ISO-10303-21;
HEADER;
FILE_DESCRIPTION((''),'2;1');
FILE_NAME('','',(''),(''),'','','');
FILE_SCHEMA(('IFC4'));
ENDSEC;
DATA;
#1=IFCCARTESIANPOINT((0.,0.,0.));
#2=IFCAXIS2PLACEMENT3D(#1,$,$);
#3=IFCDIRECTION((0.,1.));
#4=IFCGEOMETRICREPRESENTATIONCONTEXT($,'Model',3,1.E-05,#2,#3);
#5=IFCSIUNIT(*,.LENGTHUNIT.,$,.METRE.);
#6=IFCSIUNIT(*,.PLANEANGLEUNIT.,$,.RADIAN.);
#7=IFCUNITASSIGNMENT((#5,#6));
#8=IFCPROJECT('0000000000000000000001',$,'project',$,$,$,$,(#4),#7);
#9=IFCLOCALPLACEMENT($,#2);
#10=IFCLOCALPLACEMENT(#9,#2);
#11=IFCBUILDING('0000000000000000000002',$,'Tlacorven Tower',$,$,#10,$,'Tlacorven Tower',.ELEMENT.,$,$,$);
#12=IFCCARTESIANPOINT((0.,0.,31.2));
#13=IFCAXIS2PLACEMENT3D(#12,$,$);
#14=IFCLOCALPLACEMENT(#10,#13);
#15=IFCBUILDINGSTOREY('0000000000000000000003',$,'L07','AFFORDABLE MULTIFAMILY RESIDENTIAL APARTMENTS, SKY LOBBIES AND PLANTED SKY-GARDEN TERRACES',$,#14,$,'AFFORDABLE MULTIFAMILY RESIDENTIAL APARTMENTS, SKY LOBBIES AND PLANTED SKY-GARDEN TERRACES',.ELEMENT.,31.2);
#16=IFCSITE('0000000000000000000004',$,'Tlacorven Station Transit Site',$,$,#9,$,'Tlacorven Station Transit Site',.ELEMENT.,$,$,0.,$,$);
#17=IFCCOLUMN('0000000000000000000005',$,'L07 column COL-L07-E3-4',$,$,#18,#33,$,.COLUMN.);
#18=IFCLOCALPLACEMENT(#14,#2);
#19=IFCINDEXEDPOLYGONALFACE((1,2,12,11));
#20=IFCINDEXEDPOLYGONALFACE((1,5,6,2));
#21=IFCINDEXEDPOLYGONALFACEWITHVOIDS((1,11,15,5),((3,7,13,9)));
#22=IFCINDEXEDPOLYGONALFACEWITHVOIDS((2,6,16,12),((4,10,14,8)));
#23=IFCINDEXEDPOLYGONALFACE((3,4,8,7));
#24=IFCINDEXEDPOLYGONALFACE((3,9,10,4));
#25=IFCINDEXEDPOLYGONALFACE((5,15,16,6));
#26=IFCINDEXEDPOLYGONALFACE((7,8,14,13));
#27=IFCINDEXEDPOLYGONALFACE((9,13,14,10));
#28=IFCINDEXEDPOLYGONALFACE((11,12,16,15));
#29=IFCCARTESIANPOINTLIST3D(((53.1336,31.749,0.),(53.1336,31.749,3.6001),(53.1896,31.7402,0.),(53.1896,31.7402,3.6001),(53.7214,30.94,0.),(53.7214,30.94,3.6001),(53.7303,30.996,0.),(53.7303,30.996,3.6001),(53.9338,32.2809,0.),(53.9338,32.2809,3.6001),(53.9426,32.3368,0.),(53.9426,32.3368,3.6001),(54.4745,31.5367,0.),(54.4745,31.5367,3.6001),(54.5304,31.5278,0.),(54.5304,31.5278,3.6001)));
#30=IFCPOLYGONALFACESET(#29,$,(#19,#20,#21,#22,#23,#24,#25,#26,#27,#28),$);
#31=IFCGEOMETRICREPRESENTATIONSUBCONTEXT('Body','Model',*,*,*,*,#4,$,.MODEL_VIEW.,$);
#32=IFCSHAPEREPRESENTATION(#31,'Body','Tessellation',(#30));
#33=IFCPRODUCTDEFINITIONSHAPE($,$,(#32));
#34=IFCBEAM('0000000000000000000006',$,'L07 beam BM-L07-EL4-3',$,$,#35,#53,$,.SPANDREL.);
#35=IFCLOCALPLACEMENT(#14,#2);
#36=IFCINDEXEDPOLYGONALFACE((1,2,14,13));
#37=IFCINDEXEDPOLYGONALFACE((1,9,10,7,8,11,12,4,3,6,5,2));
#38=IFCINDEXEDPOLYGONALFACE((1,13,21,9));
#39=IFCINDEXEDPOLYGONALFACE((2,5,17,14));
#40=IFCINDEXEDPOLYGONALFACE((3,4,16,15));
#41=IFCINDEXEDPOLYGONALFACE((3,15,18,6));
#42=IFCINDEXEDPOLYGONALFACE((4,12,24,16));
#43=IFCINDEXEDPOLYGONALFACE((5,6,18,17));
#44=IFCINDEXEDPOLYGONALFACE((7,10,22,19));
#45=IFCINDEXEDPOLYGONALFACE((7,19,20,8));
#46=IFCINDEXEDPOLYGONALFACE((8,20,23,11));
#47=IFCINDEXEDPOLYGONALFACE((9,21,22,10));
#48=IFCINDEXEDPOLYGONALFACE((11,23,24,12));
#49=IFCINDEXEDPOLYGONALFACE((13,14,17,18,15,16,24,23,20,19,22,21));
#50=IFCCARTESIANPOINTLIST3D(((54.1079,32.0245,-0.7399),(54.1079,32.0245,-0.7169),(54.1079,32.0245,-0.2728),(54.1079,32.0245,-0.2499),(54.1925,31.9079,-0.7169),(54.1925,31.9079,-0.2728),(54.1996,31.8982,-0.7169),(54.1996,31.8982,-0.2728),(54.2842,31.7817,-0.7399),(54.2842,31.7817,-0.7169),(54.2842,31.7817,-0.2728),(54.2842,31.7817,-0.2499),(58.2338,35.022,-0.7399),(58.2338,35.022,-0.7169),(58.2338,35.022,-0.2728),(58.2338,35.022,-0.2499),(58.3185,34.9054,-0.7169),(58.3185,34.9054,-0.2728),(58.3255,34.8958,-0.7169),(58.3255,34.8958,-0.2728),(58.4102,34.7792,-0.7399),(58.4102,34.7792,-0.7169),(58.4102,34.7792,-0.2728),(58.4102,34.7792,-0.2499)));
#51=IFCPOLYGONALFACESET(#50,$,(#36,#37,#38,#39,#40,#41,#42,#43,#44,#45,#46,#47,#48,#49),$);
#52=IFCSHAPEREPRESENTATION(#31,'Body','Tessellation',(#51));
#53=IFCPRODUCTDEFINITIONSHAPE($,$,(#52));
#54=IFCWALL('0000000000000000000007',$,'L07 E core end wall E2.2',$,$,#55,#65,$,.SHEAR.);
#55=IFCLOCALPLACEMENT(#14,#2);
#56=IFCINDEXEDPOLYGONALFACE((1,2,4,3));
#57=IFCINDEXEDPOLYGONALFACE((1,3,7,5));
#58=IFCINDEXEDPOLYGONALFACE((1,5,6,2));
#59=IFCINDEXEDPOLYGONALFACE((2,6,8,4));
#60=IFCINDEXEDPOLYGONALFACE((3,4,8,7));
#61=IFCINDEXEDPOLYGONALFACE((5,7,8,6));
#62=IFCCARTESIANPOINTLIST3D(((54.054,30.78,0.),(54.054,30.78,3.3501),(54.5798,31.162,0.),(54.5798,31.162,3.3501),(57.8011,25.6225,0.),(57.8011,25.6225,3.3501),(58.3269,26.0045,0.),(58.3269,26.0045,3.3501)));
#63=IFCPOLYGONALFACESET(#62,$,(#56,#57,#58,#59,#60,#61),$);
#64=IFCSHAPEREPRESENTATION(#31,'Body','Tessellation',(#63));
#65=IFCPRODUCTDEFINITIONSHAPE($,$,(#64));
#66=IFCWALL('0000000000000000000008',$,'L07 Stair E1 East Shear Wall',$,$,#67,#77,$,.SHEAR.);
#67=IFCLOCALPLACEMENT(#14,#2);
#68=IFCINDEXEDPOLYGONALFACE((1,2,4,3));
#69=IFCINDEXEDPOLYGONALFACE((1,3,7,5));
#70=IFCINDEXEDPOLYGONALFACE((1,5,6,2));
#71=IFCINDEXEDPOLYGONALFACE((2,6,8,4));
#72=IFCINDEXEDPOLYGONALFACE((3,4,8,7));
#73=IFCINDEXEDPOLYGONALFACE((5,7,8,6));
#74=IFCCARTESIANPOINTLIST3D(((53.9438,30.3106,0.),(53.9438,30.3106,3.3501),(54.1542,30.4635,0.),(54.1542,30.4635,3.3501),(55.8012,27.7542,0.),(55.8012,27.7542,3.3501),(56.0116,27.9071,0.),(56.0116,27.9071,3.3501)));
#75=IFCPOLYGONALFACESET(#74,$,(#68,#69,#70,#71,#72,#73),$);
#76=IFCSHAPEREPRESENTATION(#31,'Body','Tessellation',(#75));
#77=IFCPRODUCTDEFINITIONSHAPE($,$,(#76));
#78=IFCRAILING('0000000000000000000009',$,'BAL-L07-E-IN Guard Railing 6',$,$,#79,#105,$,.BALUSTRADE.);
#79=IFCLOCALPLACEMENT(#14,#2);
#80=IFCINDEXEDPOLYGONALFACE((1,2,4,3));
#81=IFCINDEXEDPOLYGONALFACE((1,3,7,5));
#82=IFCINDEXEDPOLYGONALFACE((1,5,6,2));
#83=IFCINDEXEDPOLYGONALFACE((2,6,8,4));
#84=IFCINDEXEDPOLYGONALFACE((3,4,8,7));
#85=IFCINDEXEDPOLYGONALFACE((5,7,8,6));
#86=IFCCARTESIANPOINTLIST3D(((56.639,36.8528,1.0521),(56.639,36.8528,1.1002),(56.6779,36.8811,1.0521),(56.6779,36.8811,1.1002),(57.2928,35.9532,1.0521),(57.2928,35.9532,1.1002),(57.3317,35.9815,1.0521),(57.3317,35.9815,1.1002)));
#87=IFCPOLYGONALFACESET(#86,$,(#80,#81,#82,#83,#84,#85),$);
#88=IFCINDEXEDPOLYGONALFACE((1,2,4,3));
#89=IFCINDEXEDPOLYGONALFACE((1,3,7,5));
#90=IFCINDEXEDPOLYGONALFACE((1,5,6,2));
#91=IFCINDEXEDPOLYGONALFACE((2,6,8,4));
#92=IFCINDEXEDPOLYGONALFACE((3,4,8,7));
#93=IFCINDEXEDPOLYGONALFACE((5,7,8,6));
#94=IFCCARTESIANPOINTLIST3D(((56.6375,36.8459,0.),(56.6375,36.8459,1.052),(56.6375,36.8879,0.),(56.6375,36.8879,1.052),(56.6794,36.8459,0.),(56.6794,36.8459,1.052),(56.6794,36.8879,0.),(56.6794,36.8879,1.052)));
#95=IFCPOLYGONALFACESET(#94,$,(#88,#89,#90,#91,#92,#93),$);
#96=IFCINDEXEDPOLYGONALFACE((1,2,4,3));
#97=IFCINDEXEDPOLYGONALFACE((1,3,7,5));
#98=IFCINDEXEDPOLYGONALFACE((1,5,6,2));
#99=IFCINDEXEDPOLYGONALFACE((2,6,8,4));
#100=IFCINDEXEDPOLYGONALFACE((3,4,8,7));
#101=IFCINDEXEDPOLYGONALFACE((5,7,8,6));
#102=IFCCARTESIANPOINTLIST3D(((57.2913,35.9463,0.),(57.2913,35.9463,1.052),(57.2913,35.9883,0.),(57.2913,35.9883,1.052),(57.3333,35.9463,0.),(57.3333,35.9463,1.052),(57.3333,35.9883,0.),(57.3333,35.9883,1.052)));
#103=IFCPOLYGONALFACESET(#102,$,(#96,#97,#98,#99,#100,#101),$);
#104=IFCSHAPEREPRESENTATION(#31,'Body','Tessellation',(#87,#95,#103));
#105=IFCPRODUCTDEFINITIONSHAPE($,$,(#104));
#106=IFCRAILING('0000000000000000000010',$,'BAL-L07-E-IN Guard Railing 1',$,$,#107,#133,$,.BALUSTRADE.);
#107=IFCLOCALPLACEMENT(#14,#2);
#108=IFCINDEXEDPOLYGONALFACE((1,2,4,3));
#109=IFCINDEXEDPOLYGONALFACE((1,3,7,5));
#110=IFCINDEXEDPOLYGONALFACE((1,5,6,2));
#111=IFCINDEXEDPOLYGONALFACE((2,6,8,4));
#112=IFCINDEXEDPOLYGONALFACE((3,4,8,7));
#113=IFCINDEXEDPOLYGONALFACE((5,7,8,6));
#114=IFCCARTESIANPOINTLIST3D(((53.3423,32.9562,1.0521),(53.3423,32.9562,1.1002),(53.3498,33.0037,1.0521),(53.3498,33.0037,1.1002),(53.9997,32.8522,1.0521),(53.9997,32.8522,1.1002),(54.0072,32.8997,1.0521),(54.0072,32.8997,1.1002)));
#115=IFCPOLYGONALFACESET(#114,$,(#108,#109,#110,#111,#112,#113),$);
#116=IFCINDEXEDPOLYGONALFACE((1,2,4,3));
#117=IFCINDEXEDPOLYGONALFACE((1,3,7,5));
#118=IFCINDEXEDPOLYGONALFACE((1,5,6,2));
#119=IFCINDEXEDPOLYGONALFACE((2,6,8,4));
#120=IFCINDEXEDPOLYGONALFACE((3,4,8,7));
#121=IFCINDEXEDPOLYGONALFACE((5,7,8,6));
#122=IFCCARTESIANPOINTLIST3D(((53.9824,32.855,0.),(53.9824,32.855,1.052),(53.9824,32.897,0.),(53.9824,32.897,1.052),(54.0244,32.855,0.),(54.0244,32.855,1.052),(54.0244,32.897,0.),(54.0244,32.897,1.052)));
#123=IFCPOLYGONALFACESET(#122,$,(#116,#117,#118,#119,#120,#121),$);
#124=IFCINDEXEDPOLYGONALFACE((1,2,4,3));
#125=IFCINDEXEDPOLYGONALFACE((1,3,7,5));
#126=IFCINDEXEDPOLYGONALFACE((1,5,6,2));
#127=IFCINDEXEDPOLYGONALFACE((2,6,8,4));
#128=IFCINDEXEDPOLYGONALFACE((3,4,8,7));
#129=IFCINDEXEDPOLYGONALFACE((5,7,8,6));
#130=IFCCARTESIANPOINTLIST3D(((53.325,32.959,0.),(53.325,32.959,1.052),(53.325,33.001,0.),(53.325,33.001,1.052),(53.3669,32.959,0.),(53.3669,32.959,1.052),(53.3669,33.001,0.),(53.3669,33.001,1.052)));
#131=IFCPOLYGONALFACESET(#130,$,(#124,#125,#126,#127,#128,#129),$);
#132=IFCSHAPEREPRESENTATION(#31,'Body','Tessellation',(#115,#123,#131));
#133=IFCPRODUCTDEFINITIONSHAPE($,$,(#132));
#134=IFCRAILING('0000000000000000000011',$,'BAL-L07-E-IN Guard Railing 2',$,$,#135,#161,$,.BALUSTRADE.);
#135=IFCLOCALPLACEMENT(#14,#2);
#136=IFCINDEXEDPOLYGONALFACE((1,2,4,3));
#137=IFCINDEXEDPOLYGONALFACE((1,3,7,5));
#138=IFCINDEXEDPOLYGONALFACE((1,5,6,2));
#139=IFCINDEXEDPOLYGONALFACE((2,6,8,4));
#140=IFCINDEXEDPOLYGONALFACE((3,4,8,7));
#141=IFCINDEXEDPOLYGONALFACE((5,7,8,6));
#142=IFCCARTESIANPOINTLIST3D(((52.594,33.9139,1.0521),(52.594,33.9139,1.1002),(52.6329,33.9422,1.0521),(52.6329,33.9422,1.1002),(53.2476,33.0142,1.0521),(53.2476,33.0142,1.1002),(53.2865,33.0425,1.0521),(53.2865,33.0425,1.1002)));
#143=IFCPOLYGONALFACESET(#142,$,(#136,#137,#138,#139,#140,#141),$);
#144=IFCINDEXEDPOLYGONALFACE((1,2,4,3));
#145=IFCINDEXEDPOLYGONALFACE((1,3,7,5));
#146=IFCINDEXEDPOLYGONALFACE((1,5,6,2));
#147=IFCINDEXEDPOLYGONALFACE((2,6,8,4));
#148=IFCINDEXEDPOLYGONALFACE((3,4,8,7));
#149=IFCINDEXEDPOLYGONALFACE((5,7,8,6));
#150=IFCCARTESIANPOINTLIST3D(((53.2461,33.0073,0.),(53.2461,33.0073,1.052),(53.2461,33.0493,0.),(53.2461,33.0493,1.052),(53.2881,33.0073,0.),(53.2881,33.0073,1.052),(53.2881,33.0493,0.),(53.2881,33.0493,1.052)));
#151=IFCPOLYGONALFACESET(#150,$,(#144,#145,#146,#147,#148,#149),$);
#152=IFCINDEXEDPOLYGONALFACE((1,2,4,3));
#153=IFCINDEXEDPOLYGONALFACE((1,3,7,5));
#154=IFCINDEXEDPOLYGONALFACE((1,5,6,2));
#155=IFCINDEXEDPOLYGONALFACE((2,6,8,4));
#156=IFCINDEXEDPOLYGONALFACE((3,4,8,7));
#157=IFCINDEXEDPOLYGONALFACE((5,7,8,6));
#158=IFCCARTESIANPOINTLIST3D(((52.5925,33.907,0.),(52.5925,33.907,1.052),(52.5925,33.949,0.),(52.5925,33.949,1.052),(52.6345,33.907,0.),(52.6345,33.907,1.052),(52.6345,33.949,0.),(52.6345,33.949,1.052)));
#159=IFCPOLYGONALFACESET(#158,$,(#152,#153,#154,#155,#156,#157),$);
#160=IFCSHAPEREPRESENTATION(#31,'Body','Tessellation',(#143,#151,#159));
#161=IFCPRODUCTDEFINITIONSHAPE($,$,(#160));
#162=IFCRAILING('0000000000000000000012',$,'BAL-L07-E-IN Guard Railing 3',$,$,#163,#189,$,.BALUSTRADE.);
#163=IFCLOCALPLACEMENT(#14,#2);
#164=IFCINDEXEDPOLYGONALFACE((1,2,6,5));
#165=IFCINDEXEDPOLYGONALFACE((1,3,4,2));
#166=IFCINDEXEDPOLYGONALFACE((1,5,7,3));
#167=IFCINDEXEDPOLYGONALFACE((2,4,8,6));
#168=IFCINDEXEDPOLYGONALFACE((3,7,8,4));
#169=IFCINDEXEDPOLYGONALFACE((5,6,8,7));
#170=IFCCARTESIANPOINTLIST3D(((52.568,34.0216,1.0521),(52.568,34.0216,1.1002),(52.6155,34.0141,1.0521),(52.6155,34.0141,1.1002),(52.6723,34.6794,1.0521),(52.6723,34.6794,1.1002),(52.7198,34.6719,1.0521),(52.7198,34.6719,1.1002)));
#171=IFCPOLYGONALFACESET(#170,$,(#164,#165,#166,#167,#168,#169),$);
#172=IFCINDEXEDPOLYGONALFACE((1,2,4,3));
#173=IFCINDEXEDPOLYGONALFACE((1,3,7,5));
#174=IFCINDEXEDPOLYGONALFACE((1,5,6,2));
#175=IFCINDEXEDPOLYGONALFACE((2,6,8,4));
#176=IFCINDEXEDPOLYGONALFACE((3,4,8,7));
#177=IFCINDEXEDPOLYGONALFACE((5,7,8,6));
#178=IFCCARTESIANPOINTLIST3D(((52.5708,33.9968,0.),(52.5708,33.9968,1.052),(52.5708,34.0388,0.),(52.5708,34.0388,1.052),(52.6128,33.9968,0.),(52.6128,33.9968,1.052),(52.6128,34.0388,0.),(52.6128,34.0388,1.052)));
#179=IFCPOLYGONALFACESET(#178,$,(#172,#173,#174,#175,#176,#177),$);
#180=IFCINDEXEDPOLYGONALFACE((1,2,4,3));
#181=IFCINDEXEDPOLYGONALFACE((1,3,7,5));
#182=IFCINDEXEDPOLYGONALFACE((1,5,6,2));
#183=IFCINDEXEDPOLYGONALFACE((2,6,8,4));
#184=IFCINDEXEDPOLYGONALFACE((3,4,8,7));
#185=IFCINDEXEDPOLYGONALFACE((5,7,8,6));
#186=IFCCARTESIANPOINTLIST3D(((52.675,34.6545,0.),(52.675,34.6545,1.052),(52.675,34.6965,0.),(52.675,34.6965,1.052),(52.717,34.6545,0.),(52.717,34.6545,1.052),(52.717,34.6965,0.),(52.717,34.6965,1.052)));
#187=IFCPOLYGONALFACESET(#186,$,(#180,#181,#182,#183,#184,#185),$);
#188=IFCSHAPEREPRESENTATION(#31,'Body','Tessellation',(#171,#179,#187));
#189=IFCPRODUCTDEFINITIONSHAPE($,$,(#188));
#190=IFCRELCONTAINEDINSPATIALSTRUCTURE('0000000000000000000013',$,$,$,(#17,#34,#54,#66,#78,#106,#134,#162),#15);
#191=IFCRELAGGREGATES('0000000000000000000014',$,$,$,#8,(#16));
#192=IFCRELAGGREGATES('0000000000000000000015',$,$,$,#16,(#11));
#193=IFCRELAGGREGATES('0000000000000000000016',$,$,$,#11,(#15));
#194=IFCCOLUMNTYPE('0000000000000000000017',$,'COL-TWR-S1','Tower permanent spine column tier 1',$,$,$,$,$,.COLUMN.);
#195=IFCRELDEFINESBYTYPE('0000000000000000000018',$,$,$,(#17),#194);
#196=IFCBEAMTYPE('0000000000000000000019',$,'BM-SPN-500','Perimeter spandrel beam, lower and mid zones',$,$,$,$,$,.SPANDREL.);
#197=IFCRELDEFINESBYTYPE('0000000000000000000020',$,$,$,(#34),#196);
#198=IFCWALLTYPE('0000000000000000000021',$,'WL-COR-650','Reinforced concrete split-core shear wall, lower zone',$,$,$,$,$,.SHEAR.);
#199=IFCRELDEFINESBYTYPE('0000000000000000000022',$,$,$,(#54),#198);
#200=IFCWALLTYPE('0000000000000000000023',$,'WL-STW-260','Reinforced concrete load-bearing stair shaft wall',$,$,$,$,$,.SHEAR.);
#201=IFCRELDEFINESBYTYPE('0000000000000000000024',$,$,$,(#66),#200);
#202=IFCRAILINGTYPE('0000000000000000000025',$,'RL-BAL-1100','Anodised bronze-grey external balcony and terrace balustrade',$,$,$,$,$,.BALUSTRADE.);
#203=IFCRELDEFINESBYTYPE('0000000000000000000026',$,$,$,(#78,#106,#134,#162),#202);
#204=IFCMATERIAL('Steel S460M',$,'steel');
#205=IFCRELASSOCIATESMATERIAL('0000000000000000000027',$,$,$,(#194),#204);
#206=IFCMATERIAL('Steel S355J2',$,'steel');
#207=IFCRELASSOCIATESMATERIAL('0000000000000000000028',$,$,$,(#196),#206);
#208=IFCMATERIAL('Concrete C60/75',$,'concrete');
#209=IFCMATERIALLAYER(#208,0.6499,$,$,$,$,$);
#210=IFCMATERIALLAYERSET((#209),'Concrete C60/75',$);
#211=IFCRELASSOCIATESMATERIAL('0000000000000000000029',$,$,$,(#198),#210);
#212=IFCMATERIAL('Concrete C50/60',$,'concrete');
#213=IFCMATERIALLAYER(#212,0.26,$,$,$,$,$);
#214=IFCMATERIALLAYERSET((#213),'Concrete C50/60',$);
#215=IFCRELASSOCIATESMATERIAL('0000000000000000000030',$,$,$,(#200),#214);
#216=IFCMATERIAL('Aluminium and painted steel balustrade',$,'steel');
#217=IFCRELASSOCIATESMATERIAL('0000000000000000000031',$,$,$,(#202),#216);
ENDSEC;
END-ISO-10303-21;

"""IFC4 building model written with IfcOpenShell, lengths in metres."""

from ifc_helpers import new_model, si_unit, direction, frame, frame_2d, origin, origin_2d, place, context, subcontext, project, spatial, rectangle, hollow_rectangle, i_section, extrude, source, transform, mapped, material, layer, layer_set, material_profile, profile_set, type_object, element, save


model = new_model("IFC4")

# Units and contexts
model_context = context("Model", 3, precision=1e-05, world=origin(), true_north=direction((0.0, 1.0)))
body_context = subcontext(model_context, "Body", "Model", "MODEL_VIEW")
ifc_project = project(units=[si_unit("LENGTHUNIT", "METRE"), si_unit("PLANEANGLEUNIT", "RADIAN")], contexts=[model_context])

# Site, building, storey
site_placement = place(None, origin())
site = spatial("IfcSite", under=ifc_project, at=site_placement, Name="Tlacorven Station Transit Site", LongName="Tlacorven Station Transit Site", CompositionType="ELEMENT", RefElevation=0.0)
building_placement = place(site_placement, origin())
building = spatial("IfcBuilding", under=site, at=building_placement, Name="Tlacorven Tower", LongName="Tlacorven Tower", CompositionType="ELEMENT")
storey_placement = place(building_placement, frame((0.0, 0.0, 31.2)))
storey = spatial("IfcBuildingStorey", under=building, at=storey_placement, Name="L07", Description="AFFORDABLE MULTIFAMILY RESIDENTIAL APARTMENTS, SKY LOBBIES AND PLANTED SKY-GARDEN TERRACES", LongName="AFFORDABLE MULTIFAMILY RESIDENTIAL APARTMENTS, SKY LOBBIES AND PLANTED SKY-GARDEN TERRACES", CompositionType="ELEMENT", Elevation=31.2)

# Column
ifc_material_1 = material(Name="Steel S460M", Category="steel")
ifc_material_profile_1 = material_profile(ifc_material_1, hollow_rectangle(XDim=1.0, YDim=1.0, WallThickness=0.04, at=origin_2d()), Name="BOX 1000X1000X40")
ifc_profile_set_1 = profile_set([ifc_material_profile_1], Name="Steel S460M")
column_type = type_object("IfcColumnType", Name="COL-TWR-S1", Description="Tower permanent spine column tier 1", PredefinedType="COLUMN", material=ifc_profile_set_1)
shared_shape_1 = source(origin(), body_context, "Body", "SweptSolid", [
    extrude(hollow_rectangle(XDim=1.0, YDim=1.0, WallThickness=0.04, at=origin_2d()), origin(), (0.0, 0.0, 1.0), 3.6001),
])
column_placement = place(storey_placement, frame((53.832, 31.6384, 0.0), z_axis=(0.0, 0.0, 1.0), x_axis=(0.809017, 0.587785, 0.0)))
element("IfcColumn", 1, at=column_placement, inside=storey, type_object=column_type, Name="L07 column COL-L07-E3-4", PredefinedType="COLUMN", context=body_context, shape_type="MappedRepresentation", body=[
    mapped(shared_shape_1, transform((0.0, 0.0, 0.0), scale=1.0)),
])

# Beam
ifc_material_2 = material(Name="Steel S355J2", Category="steel")
ifc_material_profile_2 = material_profile(ifc_material_2, i_section(OverallWidth=0.3, OverallDepth=0.49, WebThickness=0.012, FlangeThickness=0.0229, at=origin_2d()), Name="HEA 500")
ifc_profile_set_2 = profile_set([ifc_material_profile_2], Name="Steel S355J2")
beam_type = type_object("IfcBeamType", Name="BM-SPN-500", Description="Perimeter spandrel beam, lower and mid zones", PredefinedType="SPANDREL", material=ifc_profile_set_2)
shared_shape_2 = source(origin(), body_context, "Body", "SweptSolid", [
    extrude(i_section(OverallWidth=0.3, OverallDepth=0.49, WebThickness=0.012, FlangeThickness=0.0229, at=origin_2d()), origin(), (0.0, 0.0, 1.0), 5.0999),
])
beam_placement = place(storey_placement, frame((54.196, 31.9031, -0.4949), z_axis=(0.80903, 0.587767, 0.0), x_axis=(-0.587767, 0.80903, 0.0)))
element("IfcBeam", 2, at=beam_placement, inside=storey, type_object=beam_type, Name="L07 beam BM-L07-EL4-3", PredefinedType="SPANDREL", context=body_context, shape_type="MappedRepresentation", body=[
    mapped(shared_shape_2, transform((0.0, 0.0, 0.0), scale=1.0)),
])

# Walls
ifc_material_3 = material(Name="Concrete C60/75", Category="concrete")
ifc_layer_1 = layer(ifc_material_3, 0.6499)
ifc_layer_set_1 = layer_set([ifc_layer_1], Name="Concrete C60/75")
wall_type_1 = type_object("IfcWallType", Name="WL-COR-650", Description="Reinforced concrete split-core shear wall, lower zone", PredefinedType="SHEAR", material=ifc_layer_set_1)
wall_1_placement = place(storey_placement, frame((58.064, 25.8135, 0.0), z_axis=(0.0, 0.0, 1.0), x_axis=(-0.58778, 0.809021, 0.0)))
element("IfcWall", 3, at=wall_1_placement, inside=storey, type_object=wall_type_1, Name="L07 E core end wall E2.2", PredefinedType="SHEAR", context=body_context, shape_type="SweptSolid", body=[
    extrude(rectangle(XDim=6.375, YDim=0.6499, at=frame_2d((3.1875, 0.0))), origin(), (0.0, 0.0, 1.0), 3.3501),
])
ifc_material_4 = material(Name="Concrete C50/60", Category="concrete")
ifc_layer_2 = layer(ifc_material_4, 0.26)
ifc_layer_set_2 = layer_set([ifc_layer_2], Name="Concrete C50/60")
wall_type_2 = type_object("IfcWallType", Name="WL-STW-260", Description="Reinforced concrete load-bearing stair shaft wall", PredefinedType="SHEAR", material=ifc_layer_set_2)
wall_2_placement = place(storey_placement, frame((55.9065, 27.8306, 0.0), z_axis=(0.0, 0.0, 1.0), x_axis=(-0.587804, 0.809003, 0.0)))
element("IfcWall", 4, at=wall_2_placement, inside=storey, type_object=wall_type_2, Name="L07 Stair E1 East Shear Wall", PredefinedType="SHEAR", context=body_context, shape_type="SweptSolid", body=[
    extrude(rectangle(XDim=3.1599, YDim=0.26, at=frame_2d((1.5801, 0.0))), origin(), (0.0, 0.0, 1.0), 3.3501),
])

# Railings
ifc_material_5 = material(Name="Aluminium and painted steel balustrade", Category="steel")
railing_type_1 = type_object("IfcRailingType", Name="RL-BAL-1100", Description="Anodised bronze-grey external balcony and terrace balustrade", PredefinedType="BALUSTRADE", material=ifc_material_5)
shared_shape_3 = source(origin(), body_context, "Body", "SweptSolid", [
    extrude(rectangle(XDim=0.0481, YDim=0.0481, at=origin_2d()), frame((0.0, 0.0, 1.0762), z_axis=(0.587884, -0.808945, 0.0), x_axis=(0.808945, 0.587884, 0.0)), (0.0, 0.0, 1.0), 1.1121),
    extrude(rectangle(XDim=0.042, YDim=0.042, at=origin_2d()), origin(), (0.0, 0.0, 1.0), 1.052),
    extrude(rectangle(XDim=0.042, YDim=0.042, at=origin_2d()), frame((0.6538, -0.8997, 0.0)), (0.0, 0.0, 1.0), 1.052),
])
railing_1_placement = place(storey_placement, frame((56.6584, 36.8669, 0.0)))
element("IfcRailing", 5, at=railing_1_placement, inside=storey, type_object=railing_type_1, Name="BAL-L07-E-IN Guard Railing 6", PredefinedType="BALUSTRADE", context=body_context, shape_type="MappedRepresentation", body=[
    mapped(shared_shape_3, transform((0.0, 0.0, 0.0), scale=1.0)),
])
shared_shape_4 = source(origin(), body_context, "Body", "SweptSolid", [
    extrude(rectangle(XDim=0.0481, YDim=0.0481, at=origin_2d()), frame((0.0, 0.0, 1.0762), z_axis=(-0.987718, 0.156245, 0.0), x_axis=(-0.156245, -0.987718, 0.0)), (0.0, 0.0, 1.0), 0.6655),
    extrude(rectangle(XDim=0.042, YDim=0.042, at=origin_2d()), origin(), (0.0, 0.0, 1.0), 1.052),
    extrude(rectangle(XDim=0.042, YDim=0.042, at=origin_2d()), frame((-0.6575, 0.104, 0.0)), (0.0, 0.0, 1.0), 1.052),
])
railing_2_placement = place(storey_placement, frame((54.0034, 32.876, 0.0)))
element("IfcRailing", 6, at=railing_2_placement, inside=storey, type_object=railing_type_1, Name="BAL-L07-E-IN Guard Railing 1", PredefinedType="BALUSTRADE", context=body_context, shape_type="MappedRepresentation", body=[
    mapped(shared_shape_4, transform((0.0, 0.0, 0.0), scale=1.0)),
])
shared_shape_5 = source(origin(), body_context, "Body", "SweptSolid", [
    extrude(rectangle(XDim=0.0481, YDim=0.0481, at=origin_2d()), frame((0.0, 0.0, 1.0762), z_axis=(-0.587741, 0.809049, 0.0), x_axis=(-0.809049, -0.587741, 0.0)), (0.0, 0.0, 1.0), 1.1121),
    extrude(rectangle(XDim=0.042, YDim=0.042, at=origin_2d()), origin(), (0.0, 0.0, 1.0), 1.052),
    extrude(rectangle(XDim=0.042, YDim=0.042, at=origin_2d()), frame((-0.6536, 0.8997, 0.0)), (0.0, 0.0, 1.0), 1.052),
])
railing_3_placement = place(storey_placement, frame((53.2671, 33.0283, 0.0)))
element("IfcRailing", 7, at=railing_3_placement, inside=storey, type_object=railing_type_1, Name="BAL-L07-E-IN Guard Railing 2", PredefinedType="BALUSTRADE", context=body_context, shape_type="MappedRepresentation", body=[
    mapped(shared_shape_5, transform((0.0, 0.0, 0.0), scale=1.0)),
])
shared_shape_6 = source(origin(), body_context, "Body", "SweptSolid", [
    extrude(rectangle(XDim=0.0481, YDim=0.0481, at=origin_2d()), frame((0.0, 0.0, 1.0762), z_axis=(0.156546, 0.987671, 0.0), x_axis=(-0.987671, 0.156546, 0.0)), (0.0, 0.0, 1.0), 0.666),
    extrude(rectangle(XDim=0.042, YDim=0.042, at=origin_2d()), origin(), (0.0, 0.0, 1.0), 1.052),
    extrude(rectangle(XDim=0.042, YDim=0.042, at=origin_2d()), frame((0.1042, 0.6577, 0.0)), (0.0, 0.0, 1.0), 1.052),
])
railing_4_placement = place(storey_placement, frame((52.5918, 34.0178, 0.0)))
element("IfcRailing", 8, at=railing_4_placement, inside=storey, type_object=railing_type_1, Name="BAL-L07-E-IN Guard Railing 3", PredefinedType="BALUSTRADE", context=body_context, shape_type="MappedRepresentation", body=[
    mapped(shared_shape_6, transform((0.0, 0.0, 0.0), scale=1.0)),
])

save(model, "model.ifc")
